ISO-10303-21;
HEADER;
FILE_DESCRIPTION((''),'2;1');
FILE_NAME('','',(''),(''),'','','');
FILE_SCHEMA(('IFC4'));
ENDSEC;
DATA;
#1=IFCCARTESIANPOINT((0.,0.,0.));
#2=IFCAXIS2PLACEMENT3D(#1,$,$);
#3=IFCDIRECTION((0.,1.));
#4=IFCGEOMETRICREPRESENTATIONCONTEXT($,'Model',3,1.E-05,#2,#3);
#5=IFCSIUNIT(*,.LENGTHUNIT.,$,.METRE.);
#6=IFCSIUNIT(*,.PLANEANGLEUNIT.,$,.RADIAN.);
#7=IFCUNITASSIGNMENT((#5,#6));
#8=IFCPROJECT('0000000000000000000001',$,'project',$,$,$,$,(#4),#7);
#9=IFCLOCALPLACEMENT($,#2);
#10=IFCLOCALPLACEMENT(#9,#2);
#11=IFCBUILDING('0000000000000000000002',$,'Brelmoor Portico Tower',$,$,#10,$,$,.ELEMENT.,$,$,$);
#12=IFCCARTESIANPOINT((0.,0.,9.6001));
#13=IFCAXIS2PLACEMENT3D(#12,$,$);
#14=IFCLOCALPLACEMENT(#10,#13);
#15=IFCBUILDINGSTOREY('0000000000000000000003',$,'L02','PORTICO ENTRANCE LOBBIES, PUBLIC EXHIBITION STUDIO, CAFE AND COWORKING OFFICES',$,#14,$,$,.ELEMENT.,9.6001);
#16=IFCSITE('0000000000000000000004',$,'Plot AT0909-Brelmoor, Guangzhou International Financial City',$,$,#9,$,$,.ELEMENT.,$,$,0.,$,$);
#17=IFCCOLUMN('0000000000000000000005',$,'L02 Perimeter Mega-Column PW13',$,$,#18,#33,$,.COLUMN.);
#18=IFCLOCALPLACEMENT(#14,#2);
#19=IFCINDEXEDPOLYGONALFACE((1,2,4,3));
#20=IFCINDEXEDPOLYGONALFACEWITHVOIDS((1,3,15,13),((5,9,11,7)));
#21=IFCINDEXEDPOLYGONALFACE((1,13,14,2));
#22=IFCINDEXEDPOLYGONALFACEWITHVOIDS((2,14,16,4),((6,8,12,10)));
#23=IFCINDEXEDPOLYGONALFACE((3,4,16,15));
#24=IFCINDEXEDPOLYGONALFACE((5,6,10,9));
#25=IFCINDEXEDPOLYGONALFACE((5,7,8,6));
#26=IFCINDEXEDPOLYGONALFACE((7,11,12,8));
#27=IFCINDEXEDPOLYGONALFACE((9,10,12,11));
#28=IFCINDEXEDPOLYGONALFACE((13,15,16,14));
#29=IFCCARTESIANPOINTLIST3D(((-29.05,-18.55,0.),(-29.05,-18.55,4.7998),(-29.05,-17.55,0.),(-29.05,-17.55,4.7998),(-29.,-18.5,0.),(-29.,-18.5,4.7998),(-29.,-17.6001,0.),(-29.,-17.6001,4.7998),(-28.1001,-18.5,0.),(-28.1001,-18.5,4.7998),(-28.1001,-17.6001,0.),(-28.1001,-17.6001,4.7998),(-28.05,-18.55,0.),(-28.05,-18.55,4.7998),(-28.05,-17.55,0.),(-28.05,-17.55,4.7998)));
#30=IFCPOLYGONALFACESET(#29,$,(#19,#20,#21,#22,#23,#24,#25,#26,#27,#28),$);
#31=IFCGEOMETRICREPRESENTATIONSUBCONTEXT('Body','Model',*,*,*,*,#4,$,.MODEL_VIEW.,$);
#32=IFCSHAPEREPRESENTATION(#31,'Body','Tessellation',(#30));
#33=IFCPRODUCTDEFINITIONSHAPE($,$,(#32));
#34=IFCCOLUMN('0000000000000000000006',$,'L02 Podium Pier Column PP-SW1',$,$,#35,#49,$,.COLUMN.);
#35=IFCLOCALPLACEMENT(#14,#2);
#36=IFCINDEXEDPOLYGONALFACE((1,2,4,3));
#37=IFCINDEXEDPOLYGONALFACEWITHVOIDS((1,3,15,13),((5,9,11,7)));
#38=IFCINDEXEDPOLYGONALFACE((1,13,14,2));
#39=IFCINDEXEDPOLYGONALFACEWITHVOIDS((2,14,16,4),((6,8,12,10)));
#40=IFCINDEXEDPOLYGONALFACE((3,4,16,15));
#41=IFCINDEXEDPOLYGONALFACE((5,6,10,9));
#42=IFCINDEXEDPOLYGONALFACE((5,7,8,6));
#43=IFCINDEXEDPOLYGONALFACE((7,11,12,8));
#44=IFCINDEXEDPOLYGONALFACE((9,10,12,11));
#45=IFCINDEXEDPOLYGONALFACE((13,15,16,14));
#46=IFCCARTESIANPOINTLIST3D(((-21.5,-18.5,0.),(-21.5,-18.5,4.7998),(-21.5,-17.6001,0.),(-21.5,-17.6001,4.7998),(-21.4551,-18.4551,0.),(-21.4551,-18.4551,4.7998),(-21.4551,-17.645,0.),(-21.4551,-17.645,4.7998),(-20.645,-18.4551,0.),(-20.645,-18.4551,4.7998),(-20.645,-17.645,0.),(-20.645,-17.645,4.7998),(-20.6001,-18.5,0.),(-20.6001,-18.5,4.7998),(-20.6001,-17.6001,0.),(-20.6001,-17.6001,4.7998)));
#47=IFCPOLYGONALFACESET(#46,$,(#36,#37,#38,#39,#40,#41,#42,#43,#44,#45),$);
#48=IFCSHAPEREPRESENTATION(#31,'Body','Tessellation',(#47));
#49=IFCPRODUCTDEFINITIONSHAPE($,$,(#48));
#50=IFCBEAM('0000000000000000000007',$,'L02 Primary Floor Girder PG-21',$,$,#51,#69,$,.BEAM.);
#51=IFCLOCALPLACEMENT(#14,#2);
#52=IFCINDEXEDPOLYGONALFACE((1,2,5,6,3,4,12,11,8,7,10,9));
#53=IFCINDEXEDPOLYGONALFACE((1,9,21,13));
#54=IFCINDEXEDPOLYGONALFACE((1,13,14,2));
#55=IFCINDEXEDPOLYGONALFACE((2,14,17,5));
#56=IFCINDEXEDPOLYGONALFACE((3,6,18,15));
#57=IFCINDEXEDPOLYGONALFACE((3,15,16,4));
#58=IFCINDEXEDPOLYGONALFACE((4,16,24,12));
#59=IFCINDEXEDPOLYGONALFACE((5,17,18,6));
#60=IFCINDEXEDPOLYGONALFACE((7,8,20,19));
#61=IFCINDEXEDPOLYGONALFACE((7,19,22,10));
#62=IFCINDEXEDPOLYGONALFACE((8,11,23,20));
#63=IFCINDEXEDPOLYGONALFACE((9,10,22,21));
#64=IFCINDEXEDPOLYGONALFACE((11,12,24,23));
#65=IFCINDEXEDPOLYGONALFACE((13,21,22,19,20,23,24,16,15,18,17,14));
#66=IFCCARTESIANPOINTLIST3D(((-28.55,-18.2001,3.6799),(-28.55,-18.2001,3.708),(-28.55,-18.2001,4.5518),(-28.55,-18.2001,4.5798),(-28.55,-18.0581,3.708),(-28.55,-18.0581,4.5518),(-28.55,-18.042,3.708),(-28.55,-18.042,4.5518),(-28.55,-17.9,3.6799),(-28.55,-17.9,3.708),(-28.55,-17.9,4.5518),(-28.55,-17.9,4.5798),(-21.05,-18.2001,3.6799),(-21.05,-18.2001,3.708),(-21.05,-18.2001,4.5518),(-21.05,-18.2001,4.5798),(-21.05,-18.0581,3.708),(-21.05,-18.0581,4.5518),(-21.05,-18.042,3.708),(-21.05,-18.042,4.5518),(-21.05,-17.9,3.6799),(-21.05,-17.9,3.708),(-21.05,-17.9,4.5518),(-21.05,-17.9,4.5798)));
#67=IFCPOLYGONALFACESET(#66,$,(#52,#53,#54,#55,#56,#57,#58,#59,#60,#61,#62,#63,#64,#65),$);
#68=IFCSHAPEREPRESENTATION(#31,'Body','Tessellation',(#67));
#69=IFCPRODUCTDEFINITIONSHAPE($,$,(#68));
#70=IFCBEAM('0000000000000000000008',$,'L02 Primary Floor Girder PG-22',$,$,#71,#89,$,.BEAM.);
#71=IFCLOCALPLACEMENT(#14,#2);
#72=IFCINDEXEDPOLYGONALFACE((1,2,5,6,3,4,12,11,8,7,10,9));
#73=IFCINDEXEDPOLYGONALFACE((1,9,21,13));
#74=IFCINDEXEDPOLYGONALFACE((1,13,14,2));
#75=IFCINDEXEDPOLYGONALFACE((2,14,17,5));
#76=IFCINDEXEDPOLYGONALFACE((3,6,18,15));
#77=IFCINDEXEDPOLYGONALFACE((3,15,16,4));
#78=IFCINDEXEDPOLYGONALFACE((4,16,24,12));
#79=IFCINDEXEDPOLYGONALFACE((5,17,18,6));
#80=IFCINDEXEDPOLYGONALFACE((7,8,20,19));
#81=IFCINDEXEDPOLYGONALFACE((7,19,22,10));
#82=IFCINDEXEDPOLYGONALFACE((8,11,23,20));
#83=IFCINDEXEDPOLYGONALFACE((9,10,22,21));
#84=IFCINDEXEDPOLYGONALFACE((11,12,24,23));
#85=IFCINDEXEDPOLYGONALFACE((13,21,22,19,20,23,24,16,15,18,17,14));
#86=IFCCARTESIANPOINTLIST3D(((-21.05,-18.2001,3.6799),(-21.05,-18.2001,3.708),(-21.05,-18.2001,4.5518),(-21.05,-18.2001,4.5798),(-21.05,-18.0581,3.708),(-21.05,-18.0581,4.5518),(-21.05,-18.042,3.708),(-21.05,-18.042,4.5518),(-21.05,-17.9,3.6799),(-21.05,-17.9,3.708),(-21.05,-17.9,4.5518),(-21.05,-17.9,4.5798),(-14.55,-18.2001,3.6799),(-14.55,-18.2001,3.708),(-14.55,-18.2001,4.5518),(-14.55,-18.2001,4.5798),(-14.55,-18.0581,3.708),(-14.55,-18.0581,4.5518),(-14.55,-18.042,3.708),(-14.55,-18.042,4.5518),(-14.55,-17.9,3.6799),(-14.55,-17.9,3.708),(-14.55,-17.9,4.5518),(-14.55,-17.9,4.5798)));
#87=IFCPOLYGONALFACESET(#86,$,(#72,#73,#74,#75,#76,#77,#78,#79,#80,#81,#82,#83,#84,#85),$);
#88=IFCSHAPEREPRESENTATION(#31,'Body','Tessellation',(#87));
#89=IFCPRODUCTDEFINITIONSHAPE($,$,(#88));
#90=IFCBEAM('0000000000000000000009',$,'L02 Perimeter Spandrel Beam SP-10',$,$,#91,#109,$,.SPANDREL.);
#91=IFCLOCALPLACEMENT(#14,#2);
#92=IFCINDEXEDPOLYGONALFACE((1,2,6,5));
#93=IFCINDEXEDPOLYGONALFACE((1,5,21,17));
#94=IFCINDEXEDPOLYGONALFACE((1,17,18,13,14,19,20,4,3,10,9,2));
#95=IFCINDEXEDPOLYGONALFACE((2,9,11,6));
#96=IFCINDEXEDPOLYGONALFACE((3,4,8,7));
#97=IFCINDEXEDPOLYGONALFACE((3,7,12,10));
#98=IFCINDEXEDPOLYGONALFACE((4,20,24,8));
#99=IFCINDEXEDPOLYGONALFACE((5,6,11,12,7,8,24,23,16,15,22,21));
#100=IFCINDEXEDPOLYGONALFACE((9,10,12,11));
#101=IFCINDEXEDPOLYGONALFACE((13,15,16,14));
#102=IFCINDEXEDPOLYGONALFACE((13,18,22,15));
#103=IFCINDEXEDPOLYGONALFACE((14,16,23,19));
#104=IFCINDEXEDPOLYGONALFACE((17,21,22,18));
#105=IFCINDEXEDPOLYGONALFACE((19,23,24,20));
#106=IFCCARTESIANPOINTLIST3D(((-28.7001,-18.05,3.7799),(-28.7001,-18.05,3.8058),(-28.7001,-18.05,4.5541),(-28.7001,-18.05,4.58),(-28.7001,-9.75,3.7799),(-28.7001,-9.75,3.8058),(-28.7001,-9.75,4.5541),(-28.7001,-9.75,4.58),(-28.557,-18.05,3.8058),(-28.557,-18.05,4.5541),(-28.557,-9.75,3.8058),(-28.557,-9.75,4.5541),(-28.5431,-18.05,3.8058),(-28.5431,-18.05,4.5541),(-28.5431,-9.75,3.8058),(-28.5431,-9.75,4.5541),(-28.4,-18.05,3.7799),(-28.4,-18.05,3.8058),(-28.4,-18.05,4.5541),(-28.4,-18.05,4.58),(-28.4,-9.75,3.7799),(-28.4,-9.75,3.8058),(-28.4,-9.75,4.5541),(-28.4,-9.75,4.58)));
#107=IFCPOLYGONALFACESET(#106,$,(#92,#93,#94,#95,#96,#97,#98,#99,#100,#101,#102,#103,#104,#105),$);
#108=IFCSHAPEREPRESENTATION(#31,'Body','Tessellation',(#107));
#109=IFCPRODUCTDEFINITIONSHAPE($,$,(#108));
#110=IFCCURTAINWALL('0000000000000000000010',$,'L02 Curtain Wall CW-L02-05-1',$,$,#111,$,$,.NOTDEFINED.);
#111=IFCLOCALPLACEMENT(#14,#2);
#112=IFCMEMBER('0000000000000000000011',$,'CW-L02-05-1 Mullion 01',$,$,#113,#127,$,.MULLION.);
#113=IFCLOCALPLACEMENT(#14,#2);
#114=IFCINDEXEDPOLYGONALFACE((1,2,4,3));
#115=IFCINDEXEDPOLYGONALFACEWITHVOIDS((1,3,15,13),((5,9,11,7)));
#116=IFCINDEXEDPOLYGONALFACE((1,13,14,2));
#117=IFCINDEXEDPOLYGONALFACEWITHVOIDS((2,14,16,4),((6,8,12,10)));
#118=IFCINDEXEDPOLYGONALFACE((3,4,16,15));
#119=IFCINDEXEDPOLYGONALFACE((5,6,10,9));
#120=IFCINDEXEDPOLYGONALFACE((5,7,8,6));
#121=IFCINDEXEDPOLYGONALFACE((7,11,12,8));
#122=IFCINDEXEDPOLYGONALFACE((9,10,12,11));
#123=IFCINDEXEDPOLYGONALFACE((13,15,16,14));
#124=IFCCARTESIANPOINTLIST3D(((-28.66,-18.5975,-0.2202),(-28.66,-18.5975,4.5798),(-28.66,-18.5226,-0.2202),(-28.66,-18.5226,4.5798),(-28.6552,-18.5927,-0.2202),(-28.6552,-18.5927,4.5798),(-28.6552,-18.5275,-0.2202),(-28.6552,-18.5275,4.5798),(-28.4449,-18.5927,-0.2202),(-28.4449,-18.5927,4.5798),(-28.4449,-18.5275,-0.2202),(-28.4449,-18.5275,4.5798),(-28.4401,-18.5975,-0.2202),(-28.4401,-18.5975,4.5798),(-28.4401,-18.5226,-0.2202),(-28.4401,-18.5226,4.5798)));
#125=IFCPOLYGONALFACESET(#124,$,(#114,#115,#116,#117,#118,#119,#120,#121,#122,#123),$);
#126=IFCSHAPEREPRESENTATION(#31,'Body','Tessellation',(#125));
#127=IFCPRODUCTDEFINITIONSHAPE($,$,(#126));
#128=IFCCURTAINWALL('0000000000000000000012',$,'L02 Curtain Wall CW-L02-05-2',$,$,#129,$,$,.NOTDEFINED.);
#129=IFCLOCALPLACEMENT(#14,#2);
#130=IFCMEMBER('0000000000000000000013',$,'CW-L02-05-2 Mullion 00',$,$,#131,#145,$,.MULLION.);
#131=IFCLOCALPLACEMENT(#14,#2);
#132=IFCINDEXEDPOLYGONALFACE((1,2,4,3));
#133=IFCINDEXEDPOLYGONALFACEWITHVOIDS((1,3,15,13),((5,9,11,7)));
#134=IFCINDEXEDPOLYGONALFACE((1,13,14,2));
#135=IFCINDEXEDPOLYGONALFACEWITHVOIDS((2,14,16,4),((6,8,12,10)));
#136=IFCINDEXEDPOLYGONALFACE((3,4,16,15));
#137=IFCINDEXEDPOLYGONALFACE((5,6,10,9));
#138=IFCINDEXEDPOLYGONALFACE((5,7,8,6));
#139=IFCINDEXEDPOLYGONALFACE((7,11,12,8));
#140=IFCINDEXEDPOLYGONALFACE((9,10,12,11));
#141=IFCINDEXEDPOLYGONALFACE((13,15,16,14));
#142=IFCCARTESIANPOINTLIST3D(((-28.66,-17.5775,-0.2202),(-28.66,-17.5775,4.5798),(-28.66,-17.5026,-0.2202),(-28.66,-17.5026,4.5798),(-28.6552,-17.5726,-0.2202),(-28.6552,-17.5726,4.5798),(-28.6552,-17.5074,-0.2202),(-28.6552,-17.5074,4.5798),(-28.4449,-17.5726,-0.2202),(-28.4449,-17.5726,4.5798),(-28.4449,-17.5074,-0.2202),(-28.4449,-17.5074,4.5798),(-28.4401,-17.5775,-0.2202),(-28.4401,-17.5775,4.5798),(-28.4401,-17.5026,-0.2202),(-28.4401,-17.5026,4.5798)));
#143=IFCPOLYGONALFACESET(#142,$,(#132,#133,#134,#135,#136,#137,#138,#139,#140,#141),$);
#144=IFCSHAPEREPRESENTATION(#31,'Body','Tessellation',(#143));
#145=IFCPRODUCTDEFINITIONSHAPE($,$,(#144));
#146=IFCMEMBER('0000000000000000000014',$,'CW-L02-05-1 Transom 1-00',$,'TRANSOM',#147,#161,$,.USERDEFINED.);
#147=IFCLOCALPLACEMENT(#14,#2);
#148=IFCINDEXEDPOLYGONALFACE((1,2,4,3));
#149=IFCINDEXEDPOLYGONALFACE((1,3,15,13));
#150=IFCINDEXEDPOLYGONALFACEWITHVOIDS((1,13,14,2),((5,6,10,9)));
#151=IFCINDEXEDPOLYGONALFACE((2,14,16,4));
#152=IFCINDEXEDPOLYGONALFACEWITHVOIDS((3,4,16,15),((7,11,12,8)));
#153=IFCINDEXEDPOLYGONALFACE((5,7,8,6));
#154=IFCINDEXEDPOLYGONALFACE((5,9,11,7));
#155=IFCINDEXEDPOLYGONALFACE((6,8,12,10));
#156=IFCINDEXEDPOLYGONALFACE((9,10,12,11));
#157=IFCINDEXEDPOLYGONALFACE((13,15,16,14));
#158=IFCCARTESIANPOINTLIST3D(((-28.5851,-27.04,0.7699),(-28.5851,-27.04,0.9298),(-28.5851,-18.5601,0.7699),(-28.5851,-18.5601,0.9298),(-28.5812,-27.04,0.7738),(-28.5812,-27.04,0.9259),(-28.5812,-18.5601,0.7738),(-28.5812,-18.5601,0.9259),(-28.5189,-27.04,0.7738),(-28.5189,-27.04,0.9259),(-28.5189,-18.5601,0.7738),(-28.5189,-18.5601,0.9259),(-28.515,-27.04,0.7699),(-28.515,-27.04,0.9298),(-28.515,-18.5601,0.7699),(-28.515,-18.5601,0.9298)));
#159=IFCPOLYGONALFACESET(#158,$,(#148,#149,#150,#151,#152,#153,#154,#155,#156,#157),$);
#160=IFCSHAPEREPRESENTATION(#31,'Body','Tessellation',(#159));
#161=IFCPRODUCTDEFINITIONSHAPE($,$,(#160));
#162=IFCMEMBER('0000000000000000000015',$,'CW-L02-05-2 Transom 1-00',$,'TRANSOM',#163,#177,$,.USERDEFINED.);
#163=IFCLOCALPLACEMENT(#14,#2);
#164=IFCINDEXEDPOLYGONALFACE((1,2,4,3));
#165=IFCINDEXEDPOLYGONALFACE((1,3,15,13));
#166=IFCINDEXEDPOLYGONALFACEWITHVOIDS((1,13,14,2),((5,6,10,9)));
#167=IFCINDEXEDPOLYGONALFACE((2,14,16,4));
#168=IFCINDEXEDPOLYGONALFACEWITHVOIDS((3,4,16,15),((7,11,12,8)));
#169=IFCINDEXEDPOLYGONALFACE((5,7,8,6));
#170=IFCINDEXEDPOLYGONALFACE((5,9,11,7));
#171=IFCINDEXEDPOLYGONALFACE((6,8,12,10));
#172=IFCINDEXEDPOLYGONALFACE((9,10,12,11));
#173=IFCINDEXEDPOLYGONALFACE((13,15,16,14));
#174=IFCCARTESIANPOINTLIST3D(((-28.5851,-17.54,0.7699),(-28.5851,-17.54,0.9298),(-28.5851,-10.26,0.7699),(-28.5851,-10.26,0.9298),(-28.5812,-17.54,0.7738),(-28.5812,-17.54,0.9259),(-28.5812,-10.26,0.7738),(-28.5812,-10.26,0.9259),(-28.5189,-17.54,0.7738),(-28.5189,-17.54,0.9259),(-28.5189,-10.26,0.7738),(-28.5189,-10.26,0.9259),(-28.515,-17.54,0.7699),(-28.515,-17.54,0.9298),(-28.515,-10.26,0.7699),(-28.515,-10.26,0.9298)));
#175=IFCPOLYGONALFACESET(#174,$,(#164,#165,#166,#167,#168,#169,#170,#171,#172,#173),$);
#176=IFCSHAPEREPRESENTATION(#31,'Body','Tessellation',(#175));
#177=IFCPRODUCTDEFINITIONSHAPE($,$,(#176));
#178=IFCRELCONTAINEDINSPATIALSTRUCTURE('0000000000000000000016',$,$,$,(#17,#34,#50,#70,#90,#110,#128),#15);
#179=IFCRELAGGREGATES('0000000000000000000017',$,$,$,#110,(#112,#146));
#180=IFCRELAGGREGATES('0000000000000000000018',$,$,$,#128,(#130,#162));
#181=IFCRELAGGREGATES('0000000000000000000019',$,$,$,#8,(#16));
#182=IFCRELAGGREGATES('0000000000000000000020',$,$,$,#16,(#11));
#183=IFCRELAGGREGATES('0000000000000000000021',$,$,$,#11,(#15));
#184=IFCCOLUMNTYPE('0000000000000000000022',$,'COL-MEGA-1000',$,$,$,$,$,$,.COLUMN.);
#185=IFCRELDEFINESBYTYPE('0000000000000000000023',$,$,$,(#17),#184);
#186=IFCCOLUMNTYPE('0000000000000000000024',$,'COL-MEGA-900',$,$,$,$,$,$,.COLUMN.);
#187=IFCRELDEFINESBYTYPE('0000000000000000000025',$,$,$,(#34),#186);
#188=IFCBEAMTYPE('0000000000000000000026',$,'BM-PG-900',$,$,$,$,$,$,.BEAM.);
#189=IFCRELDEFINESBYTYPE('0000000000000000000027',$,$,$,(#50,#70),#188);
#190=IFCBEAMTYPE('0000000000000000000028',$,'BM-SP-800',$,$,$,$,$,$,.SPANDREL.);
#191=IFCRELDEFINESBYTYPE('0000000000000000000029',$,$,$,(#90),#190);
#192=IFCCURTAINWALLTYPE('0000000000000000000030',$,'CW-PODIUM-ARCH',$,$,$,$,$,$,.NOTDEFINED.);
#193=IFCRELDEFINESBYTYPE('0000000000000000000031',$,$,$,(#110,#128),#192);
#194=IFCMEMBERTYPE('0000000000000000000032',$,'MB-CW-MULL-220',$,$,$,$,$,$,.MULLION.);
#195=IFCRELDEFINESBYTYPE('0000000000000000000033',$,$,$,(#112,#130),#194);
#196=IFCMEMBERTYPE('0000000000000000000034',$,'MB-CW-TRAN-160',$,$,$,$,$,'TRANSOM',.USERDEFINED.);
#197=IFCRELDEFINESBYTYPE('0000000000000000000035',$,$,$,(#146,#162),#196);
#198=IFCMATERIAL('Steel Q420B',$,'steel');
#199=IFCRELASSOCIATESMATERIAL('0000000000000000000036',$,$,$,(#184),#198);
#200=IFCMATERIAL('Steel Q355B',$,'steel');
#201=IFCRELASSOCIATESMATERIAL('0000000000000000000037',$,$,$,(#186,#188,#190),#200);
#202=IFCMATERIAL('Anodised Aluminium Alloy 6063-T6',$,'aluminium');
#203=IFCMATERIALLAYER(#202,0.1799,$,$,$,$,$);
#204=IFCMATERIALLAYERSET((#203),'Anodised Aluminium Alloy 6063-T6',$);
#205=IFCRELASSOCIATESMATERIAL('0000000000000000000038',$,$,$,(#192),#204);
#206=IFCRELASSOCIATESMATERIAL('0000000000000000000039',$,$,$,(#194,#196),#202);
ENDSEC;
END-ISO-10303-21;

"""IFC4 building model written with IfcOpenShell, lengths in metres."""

from ifc_helpers import new_model, si_unit, direction, frame, origin, origin_2d, place, context, subcontext, project, spatial, hollow_rectangle, i_section, extrude, material, layer, layer_set, material_profile, profile_set, type_object, element, aggregate, save


model = new_model("IFC4")

# Units and contexts
model_context = context("Model", 3, precision=1e-05, world=origin(), true_north=direction((0.0, 1.0)))
body_context = subcontext(model_context, "Body", "Model", "MODEL_VIEW")
ifc_project = project(units=[si_unit("LENGTHUNIT", "METRE"), si_unit("PLANEANGLEUNIT", "RADIAN")], contexts=[model_context])

# Site, building, storey
site_placement = place(None, origin())
site = spatial("IfcSite", under=ifc_project, at=site_placement, Name="Plot AT0909-Brelmoor, Guangzhou International Financial City", CompositionType="ELEMENT", RefElevation=0.0)
building_placement = place(site_placement, origin())
building = spatial("IfcBuilding", under=site, at=building_placement, Name="Brelmoor Portico Tower", CompositionType="ELEMENT")
storey_placement = place(building_placement, frame((0.0, 0.0, 9.6001)))
storey = spatial("IfcBuildingStorey", under=building, at=storey_placement, Name="L02", Description="PORTICO ENTRANCE LOBBIES, PUBLIC EXHIBITION STUDIO, CAFE AND COWORKING OFFICES", CompositionType="ELEMENT", Elevation=9.6001)

# Columns
ifc_material_1 = material(Name="Steel Q420B", Category="steel")
ifc_material_profile_1 = material_profile(ifc_material_1, hollow_rectangle(XDim=1.0, YDim=1.0, WallThickness=0.05, at=origin_2d()), Name="BOX 1000x1000x50")
ifc_profile_set_1 = profile_set([ifc_material_profile_1], Name="Steel Q420B")
column_type_1 = type_object("IfcColumnType", Name="COL-MEGA-1000", PredefinedType="COLUMN", material=ifc_profile_set_1)
column_1_placement = place(storey_placement, frame((-28.55, -18.05, 0.0), z_axis=(0.0, 0.0, 1.0), x_axis=(0.0, 1.0, 0.0)))
element("IfcColumn", 1, at=column_1_placement, inside=storey, type_object=column_type_1, Name="L02 Perimeter Mega-Column PW13", PredefinedType="COLUMN", context=body_context, shape_type="SweptSolid", body=[
    extrude(hollow_rectangle(XDim=1.0, YDim=1.0, WallThickness=0.05, at=origin_2d()), origin(), (0.0, 0.0, 1.0), 4.7998),
])
ifc_material_2 = material(Name="Steel Q355B", Category="steel")
ifc_material_profile_2 = material_profile(ifc_material_2, hollow_rectangle(XDim=0.8999, YDim=0.8999, WallThickness=0.0449, at=origin_2d()), Name="BOX 900x900x45")
ifc_profile_set_2 = profile_set([ifc_material_profile_2], Name="Steel Q355B")
column_type_2 = type_object("IfcColumnType", Name="COL-MEGA-900", PredefinedType="COLUMN", material=ifc_profile_set_2)
column_2_placement = place(storey_placement, frame((-21.05, -18.05, 0.0), z_axis=(0.0, 0.0, 1.0), x_axis=(1.0, 0.0, 0.0)))
element("IfcColumn", 2, at=column_2_placement, inside=storey, type_object=column_type_2, Name="L02 Podium Pier Column PP-SW1", PredefinedType="COLUMN", context=body_context, shape_type="SweptSolid", body=[
    extrude(hollow_rectangle(XDim=0.8999, YDim=0.8999, WallThickness=0.0449, at=origin_2d()), origin(), (0.0, 0.0, 1.0), 4.7998),
])

# Beams
ifc_material_profile_3 = material_profile(ifc_material_2, i_section(OverallWidth=0.3, OverallDepth=0.8999, WebThickness=0.0161, FlangeThickness=0.0281, at=origin_2d()), Name="HN 900x300x16x28")
ifc_profile_set_3 = profile_set([ifc_material_profile_3], Name="Steel Q355B")
beam_type_1 = type_object("IfcBeamType", Name="BM-PG-900", PredefinedType="BEAM", material=ifc_profile_set_3)
beam_1_placement = place(storey_placement, frame((-28.55, -18.05, 4.1299), z_axis=(1.0, 0.0, 0.0), x_axis=(0.0, 1.0, 0.0)))
element("IfcBeam", 3, at=beam_1_placement, inside=storey, type_object=beam_type_1, Name="L02 Primary Floor Girder PG-21", PredefinedType="BEAM", context=body_context, shape_type="SweptSolid", body=[
    extrude(i_section(OverallWidth=0.3, OverallDepth=0.8999, WebThickness=0.0161, FlangeThickness=0.0281, at=origin_2d()), origin(), (0.0, 0.0, 1.0), 7.5),
])
beam_2_placement = place(storey_placement, frame((-21.05, -18.05, 4.1299), z_axis=(1.0, 0.0, 0.0), x_axis=(0.0, 1.0, 0.0)))
element("IfcBeam", 4, at=beam_2_placement, inside=storey, type_object=beam_type_1, Name="L02 Primary Floor Girder PG-22", PredefinedType="BEAM", context=body_context, shape_type="SweptSolid", body=[
    extrude(i_section(OverallWidth=0.3, OverallDepth=0.8999, WebThickness=0.0161, FlangeThickness=0.0281, at=origin_2d()), origin(), (0.0, 0.0, 1.0), 6.5),
])
ifc_material_profile_4 = material_profile(ifc_material_2, i_section(OverallWidth=0.3, OverallDepth=0.8, WebThickness=0.0139, FlangeThickness=0.0259, at=origin_2d()), Name="HN 800x300x14x26")
ifc_profile_set_4 = profile_set([ifc_material_profile_4], Name="Steel Q355B")
beam_type_2 = type_object("IfcBeamType", Name="BM-SP-800", PredefinedType="SPANDREL", material=ifc_profile_set_4)
beam_3_placement = place(storey_placement, frame((-28.55, -18.05, 4.1799), z_axis=(0.0, 1.0, 0.0), x_axis=(-1.0, 0.0, 0.0)))
element("IfcBeam", 5, at=beam_3_placement, inside=storey, type_object=beam_type_2, Name="L02 Perimeter Spandrel Beam SP-10", PredefinedType="SPANDREL", context=body_context, shape_type="SweptSolid", body=[
    extrude(i_section(OverallWidth=0.3, OverallDepth=0.8, WebThickness=0.0139, FlangeThickness=0.0259, at=origin_2d()), origin(), (0.0, 0.0, 1.0), 8.3),
])

# Curtain walls, members
ifc_material_3 = material(Name="Anodised Aluminium Alloy 6063-T6", Category="aluminium")
ifc_layer_1 = layer(ifc_material_3, 0.1799)
ifc_layer_set_1 = layer_set([ifc_layer_1], Name="Anodised Aluminium Alloy 6063-T6")
curtain_wall_type = type_object("IfcCurtainWallType", Name="CW-PODIUM-ARCH", PredefinedType="NOTDEFINED", material=ifc_layer_set_1)
curtain_wall_1_placement = place(storey_placement, origin())
curtain_wall_1 = element("IfcCurtainWall", 6, at=curtain_wall_1_placement, inside=storey, type_object=curtain_wall_type, Name="L02 Curtain Wall CW-L02-05-1", PredefinedType="NOTDEFINED")
ifc_material_profile_5 = material_profile(ifc_material_3, hollow_rectangle(XDim=0.075, YDim=0.22, WallThickness=0.0049, at=origin_2d()), Name="ALU MULLION 75x220")
ifc_profile_set_5 = profile_set([ifc_material_profile_5], Name="Anodised Aluminium Alloy 6063-T6")
member_type_1 = type_object("IfcMemberType", Name="MB-CW-MULL-220", PredefinedType="MULLION", material=ifc_profile_set_5)
member_1_placement = place(storey_placement, frame((-28.55, -18.5601, -0.2202), z_axis=(0.0, 0.0, 1.0), x_axis=(0.0, 1.0, 0.0)))
member_1 = element("IfcMember", 7, at=member_1_placement, type_object=member_type_1, Name="CW-L02-05-1 Mullion 01", PredefinedType="MULLION", context=body_context, shape_type="SweptSolid", body=[
    extrude(hollow_rectangle(XDim=0.075, YDim=0.22, WallThickness=0.0049, at=origin_2d()), origin(), (0.0, 0.0, 1.0), 4.8),
])
curtain_wall_2_placement = place(storey_placement, origin())
curtain_wall_2 = element("IfcCurtainWall", 8, at=curtain_wall_2_placement, inside=storey, type_object=curtain_wall_type, Name="L02 Curtain Wall CW-L02-05-2", PredefinedType="NOTDEFINED")
member_2_placement = place(storey_placement, frame((-28.55, -17.54, -0.2202), z_axis=(0.0, 0.0, 1.0), x_axis=(0.0, 1.0, 0.0)))
member_2 = element("IfcMember", 9, at=member_2_placement, type_object=member_type_1, Name="CW-L02-05-2 Mullion 00", PredefinedType="MULLION", context=body_context, shape_type="SweptSolid", body=[
    extrude(hollow_rectangle(XDim=0.075, YDim=0.22, WallThickness=0.0049, at=origin_2d()), origin(), (0.0, 0.0, 1.0), 4.8),
])

# Members
ifc_material_profile_6 = material_profile(ifc_material_3, hollow_rectangle(XDim=0.0701, YDim=0.1599, WallThickness=0.0039, at=origin_2d()), Name="ALU TRANSOM 70x160")
ifc_profile_set_6 = profile_set([ifc_material_profile_6], Name="Anodised Aluminium Alloy 6063-T6")
member_type_2 = type_object("IfcMemberType", Name="MB-CW-TRAN-160", ElementType="TRANSOM", PredefinedType="USERDEFINED", material=ifc_profile_set_6)
member_3_placement = place(storey_placement, frame((-28.55, -27.04, 0.8499), z_axis=(0.0, 1.0, 0.0), x_axis=(-1.0, 0.0, 0.0)))
member_3 = element("IfcMember", 10, at=member_3_placement, type_object=member_type_2, Name="CW-L02-05-1 Transom 1-00", ObjectType="TRANSOM", PredefinedType="USERDEFINED", context=body_context, shape_type="SweptSolid", body=[
    extrude(hollow_rectangle(XDim=0.0701, YDim=0.1599, WallThickness=0.0039, at=origin_2d()), origin(), (0.0, 0.0, 1.0), 8.48),
])
member_4_placement = place(storey_placement, frame((-28.55, -17.54, 0.8499), z_axis=(0.0, 1.0, 0.0), x_axis=(-1.0, 0.0, 0.0)))
member_4 = element("IfcMember", 11, at=member_4_placement, type_object=member_type_2, Name="CW-L02-05-2 Transom 1-00", ObjectType="TRANSOM", PredefinedType="USERDEFINED", context=body_context, shape_type="SweptSolid", body=[
    extrude(hollow_rectangle(XDim=0.0701, YDim=0.1599, WallThickness=0.0039, at=origin_2d()), origin(), (0.0, 0.0, 1.0), 7.28),
])

aggregate(curtain_wall_1, [member_1, member_3])
aggregate(curtain_wall_2, [member_2, member_4])

save(model, "model.ifc")
